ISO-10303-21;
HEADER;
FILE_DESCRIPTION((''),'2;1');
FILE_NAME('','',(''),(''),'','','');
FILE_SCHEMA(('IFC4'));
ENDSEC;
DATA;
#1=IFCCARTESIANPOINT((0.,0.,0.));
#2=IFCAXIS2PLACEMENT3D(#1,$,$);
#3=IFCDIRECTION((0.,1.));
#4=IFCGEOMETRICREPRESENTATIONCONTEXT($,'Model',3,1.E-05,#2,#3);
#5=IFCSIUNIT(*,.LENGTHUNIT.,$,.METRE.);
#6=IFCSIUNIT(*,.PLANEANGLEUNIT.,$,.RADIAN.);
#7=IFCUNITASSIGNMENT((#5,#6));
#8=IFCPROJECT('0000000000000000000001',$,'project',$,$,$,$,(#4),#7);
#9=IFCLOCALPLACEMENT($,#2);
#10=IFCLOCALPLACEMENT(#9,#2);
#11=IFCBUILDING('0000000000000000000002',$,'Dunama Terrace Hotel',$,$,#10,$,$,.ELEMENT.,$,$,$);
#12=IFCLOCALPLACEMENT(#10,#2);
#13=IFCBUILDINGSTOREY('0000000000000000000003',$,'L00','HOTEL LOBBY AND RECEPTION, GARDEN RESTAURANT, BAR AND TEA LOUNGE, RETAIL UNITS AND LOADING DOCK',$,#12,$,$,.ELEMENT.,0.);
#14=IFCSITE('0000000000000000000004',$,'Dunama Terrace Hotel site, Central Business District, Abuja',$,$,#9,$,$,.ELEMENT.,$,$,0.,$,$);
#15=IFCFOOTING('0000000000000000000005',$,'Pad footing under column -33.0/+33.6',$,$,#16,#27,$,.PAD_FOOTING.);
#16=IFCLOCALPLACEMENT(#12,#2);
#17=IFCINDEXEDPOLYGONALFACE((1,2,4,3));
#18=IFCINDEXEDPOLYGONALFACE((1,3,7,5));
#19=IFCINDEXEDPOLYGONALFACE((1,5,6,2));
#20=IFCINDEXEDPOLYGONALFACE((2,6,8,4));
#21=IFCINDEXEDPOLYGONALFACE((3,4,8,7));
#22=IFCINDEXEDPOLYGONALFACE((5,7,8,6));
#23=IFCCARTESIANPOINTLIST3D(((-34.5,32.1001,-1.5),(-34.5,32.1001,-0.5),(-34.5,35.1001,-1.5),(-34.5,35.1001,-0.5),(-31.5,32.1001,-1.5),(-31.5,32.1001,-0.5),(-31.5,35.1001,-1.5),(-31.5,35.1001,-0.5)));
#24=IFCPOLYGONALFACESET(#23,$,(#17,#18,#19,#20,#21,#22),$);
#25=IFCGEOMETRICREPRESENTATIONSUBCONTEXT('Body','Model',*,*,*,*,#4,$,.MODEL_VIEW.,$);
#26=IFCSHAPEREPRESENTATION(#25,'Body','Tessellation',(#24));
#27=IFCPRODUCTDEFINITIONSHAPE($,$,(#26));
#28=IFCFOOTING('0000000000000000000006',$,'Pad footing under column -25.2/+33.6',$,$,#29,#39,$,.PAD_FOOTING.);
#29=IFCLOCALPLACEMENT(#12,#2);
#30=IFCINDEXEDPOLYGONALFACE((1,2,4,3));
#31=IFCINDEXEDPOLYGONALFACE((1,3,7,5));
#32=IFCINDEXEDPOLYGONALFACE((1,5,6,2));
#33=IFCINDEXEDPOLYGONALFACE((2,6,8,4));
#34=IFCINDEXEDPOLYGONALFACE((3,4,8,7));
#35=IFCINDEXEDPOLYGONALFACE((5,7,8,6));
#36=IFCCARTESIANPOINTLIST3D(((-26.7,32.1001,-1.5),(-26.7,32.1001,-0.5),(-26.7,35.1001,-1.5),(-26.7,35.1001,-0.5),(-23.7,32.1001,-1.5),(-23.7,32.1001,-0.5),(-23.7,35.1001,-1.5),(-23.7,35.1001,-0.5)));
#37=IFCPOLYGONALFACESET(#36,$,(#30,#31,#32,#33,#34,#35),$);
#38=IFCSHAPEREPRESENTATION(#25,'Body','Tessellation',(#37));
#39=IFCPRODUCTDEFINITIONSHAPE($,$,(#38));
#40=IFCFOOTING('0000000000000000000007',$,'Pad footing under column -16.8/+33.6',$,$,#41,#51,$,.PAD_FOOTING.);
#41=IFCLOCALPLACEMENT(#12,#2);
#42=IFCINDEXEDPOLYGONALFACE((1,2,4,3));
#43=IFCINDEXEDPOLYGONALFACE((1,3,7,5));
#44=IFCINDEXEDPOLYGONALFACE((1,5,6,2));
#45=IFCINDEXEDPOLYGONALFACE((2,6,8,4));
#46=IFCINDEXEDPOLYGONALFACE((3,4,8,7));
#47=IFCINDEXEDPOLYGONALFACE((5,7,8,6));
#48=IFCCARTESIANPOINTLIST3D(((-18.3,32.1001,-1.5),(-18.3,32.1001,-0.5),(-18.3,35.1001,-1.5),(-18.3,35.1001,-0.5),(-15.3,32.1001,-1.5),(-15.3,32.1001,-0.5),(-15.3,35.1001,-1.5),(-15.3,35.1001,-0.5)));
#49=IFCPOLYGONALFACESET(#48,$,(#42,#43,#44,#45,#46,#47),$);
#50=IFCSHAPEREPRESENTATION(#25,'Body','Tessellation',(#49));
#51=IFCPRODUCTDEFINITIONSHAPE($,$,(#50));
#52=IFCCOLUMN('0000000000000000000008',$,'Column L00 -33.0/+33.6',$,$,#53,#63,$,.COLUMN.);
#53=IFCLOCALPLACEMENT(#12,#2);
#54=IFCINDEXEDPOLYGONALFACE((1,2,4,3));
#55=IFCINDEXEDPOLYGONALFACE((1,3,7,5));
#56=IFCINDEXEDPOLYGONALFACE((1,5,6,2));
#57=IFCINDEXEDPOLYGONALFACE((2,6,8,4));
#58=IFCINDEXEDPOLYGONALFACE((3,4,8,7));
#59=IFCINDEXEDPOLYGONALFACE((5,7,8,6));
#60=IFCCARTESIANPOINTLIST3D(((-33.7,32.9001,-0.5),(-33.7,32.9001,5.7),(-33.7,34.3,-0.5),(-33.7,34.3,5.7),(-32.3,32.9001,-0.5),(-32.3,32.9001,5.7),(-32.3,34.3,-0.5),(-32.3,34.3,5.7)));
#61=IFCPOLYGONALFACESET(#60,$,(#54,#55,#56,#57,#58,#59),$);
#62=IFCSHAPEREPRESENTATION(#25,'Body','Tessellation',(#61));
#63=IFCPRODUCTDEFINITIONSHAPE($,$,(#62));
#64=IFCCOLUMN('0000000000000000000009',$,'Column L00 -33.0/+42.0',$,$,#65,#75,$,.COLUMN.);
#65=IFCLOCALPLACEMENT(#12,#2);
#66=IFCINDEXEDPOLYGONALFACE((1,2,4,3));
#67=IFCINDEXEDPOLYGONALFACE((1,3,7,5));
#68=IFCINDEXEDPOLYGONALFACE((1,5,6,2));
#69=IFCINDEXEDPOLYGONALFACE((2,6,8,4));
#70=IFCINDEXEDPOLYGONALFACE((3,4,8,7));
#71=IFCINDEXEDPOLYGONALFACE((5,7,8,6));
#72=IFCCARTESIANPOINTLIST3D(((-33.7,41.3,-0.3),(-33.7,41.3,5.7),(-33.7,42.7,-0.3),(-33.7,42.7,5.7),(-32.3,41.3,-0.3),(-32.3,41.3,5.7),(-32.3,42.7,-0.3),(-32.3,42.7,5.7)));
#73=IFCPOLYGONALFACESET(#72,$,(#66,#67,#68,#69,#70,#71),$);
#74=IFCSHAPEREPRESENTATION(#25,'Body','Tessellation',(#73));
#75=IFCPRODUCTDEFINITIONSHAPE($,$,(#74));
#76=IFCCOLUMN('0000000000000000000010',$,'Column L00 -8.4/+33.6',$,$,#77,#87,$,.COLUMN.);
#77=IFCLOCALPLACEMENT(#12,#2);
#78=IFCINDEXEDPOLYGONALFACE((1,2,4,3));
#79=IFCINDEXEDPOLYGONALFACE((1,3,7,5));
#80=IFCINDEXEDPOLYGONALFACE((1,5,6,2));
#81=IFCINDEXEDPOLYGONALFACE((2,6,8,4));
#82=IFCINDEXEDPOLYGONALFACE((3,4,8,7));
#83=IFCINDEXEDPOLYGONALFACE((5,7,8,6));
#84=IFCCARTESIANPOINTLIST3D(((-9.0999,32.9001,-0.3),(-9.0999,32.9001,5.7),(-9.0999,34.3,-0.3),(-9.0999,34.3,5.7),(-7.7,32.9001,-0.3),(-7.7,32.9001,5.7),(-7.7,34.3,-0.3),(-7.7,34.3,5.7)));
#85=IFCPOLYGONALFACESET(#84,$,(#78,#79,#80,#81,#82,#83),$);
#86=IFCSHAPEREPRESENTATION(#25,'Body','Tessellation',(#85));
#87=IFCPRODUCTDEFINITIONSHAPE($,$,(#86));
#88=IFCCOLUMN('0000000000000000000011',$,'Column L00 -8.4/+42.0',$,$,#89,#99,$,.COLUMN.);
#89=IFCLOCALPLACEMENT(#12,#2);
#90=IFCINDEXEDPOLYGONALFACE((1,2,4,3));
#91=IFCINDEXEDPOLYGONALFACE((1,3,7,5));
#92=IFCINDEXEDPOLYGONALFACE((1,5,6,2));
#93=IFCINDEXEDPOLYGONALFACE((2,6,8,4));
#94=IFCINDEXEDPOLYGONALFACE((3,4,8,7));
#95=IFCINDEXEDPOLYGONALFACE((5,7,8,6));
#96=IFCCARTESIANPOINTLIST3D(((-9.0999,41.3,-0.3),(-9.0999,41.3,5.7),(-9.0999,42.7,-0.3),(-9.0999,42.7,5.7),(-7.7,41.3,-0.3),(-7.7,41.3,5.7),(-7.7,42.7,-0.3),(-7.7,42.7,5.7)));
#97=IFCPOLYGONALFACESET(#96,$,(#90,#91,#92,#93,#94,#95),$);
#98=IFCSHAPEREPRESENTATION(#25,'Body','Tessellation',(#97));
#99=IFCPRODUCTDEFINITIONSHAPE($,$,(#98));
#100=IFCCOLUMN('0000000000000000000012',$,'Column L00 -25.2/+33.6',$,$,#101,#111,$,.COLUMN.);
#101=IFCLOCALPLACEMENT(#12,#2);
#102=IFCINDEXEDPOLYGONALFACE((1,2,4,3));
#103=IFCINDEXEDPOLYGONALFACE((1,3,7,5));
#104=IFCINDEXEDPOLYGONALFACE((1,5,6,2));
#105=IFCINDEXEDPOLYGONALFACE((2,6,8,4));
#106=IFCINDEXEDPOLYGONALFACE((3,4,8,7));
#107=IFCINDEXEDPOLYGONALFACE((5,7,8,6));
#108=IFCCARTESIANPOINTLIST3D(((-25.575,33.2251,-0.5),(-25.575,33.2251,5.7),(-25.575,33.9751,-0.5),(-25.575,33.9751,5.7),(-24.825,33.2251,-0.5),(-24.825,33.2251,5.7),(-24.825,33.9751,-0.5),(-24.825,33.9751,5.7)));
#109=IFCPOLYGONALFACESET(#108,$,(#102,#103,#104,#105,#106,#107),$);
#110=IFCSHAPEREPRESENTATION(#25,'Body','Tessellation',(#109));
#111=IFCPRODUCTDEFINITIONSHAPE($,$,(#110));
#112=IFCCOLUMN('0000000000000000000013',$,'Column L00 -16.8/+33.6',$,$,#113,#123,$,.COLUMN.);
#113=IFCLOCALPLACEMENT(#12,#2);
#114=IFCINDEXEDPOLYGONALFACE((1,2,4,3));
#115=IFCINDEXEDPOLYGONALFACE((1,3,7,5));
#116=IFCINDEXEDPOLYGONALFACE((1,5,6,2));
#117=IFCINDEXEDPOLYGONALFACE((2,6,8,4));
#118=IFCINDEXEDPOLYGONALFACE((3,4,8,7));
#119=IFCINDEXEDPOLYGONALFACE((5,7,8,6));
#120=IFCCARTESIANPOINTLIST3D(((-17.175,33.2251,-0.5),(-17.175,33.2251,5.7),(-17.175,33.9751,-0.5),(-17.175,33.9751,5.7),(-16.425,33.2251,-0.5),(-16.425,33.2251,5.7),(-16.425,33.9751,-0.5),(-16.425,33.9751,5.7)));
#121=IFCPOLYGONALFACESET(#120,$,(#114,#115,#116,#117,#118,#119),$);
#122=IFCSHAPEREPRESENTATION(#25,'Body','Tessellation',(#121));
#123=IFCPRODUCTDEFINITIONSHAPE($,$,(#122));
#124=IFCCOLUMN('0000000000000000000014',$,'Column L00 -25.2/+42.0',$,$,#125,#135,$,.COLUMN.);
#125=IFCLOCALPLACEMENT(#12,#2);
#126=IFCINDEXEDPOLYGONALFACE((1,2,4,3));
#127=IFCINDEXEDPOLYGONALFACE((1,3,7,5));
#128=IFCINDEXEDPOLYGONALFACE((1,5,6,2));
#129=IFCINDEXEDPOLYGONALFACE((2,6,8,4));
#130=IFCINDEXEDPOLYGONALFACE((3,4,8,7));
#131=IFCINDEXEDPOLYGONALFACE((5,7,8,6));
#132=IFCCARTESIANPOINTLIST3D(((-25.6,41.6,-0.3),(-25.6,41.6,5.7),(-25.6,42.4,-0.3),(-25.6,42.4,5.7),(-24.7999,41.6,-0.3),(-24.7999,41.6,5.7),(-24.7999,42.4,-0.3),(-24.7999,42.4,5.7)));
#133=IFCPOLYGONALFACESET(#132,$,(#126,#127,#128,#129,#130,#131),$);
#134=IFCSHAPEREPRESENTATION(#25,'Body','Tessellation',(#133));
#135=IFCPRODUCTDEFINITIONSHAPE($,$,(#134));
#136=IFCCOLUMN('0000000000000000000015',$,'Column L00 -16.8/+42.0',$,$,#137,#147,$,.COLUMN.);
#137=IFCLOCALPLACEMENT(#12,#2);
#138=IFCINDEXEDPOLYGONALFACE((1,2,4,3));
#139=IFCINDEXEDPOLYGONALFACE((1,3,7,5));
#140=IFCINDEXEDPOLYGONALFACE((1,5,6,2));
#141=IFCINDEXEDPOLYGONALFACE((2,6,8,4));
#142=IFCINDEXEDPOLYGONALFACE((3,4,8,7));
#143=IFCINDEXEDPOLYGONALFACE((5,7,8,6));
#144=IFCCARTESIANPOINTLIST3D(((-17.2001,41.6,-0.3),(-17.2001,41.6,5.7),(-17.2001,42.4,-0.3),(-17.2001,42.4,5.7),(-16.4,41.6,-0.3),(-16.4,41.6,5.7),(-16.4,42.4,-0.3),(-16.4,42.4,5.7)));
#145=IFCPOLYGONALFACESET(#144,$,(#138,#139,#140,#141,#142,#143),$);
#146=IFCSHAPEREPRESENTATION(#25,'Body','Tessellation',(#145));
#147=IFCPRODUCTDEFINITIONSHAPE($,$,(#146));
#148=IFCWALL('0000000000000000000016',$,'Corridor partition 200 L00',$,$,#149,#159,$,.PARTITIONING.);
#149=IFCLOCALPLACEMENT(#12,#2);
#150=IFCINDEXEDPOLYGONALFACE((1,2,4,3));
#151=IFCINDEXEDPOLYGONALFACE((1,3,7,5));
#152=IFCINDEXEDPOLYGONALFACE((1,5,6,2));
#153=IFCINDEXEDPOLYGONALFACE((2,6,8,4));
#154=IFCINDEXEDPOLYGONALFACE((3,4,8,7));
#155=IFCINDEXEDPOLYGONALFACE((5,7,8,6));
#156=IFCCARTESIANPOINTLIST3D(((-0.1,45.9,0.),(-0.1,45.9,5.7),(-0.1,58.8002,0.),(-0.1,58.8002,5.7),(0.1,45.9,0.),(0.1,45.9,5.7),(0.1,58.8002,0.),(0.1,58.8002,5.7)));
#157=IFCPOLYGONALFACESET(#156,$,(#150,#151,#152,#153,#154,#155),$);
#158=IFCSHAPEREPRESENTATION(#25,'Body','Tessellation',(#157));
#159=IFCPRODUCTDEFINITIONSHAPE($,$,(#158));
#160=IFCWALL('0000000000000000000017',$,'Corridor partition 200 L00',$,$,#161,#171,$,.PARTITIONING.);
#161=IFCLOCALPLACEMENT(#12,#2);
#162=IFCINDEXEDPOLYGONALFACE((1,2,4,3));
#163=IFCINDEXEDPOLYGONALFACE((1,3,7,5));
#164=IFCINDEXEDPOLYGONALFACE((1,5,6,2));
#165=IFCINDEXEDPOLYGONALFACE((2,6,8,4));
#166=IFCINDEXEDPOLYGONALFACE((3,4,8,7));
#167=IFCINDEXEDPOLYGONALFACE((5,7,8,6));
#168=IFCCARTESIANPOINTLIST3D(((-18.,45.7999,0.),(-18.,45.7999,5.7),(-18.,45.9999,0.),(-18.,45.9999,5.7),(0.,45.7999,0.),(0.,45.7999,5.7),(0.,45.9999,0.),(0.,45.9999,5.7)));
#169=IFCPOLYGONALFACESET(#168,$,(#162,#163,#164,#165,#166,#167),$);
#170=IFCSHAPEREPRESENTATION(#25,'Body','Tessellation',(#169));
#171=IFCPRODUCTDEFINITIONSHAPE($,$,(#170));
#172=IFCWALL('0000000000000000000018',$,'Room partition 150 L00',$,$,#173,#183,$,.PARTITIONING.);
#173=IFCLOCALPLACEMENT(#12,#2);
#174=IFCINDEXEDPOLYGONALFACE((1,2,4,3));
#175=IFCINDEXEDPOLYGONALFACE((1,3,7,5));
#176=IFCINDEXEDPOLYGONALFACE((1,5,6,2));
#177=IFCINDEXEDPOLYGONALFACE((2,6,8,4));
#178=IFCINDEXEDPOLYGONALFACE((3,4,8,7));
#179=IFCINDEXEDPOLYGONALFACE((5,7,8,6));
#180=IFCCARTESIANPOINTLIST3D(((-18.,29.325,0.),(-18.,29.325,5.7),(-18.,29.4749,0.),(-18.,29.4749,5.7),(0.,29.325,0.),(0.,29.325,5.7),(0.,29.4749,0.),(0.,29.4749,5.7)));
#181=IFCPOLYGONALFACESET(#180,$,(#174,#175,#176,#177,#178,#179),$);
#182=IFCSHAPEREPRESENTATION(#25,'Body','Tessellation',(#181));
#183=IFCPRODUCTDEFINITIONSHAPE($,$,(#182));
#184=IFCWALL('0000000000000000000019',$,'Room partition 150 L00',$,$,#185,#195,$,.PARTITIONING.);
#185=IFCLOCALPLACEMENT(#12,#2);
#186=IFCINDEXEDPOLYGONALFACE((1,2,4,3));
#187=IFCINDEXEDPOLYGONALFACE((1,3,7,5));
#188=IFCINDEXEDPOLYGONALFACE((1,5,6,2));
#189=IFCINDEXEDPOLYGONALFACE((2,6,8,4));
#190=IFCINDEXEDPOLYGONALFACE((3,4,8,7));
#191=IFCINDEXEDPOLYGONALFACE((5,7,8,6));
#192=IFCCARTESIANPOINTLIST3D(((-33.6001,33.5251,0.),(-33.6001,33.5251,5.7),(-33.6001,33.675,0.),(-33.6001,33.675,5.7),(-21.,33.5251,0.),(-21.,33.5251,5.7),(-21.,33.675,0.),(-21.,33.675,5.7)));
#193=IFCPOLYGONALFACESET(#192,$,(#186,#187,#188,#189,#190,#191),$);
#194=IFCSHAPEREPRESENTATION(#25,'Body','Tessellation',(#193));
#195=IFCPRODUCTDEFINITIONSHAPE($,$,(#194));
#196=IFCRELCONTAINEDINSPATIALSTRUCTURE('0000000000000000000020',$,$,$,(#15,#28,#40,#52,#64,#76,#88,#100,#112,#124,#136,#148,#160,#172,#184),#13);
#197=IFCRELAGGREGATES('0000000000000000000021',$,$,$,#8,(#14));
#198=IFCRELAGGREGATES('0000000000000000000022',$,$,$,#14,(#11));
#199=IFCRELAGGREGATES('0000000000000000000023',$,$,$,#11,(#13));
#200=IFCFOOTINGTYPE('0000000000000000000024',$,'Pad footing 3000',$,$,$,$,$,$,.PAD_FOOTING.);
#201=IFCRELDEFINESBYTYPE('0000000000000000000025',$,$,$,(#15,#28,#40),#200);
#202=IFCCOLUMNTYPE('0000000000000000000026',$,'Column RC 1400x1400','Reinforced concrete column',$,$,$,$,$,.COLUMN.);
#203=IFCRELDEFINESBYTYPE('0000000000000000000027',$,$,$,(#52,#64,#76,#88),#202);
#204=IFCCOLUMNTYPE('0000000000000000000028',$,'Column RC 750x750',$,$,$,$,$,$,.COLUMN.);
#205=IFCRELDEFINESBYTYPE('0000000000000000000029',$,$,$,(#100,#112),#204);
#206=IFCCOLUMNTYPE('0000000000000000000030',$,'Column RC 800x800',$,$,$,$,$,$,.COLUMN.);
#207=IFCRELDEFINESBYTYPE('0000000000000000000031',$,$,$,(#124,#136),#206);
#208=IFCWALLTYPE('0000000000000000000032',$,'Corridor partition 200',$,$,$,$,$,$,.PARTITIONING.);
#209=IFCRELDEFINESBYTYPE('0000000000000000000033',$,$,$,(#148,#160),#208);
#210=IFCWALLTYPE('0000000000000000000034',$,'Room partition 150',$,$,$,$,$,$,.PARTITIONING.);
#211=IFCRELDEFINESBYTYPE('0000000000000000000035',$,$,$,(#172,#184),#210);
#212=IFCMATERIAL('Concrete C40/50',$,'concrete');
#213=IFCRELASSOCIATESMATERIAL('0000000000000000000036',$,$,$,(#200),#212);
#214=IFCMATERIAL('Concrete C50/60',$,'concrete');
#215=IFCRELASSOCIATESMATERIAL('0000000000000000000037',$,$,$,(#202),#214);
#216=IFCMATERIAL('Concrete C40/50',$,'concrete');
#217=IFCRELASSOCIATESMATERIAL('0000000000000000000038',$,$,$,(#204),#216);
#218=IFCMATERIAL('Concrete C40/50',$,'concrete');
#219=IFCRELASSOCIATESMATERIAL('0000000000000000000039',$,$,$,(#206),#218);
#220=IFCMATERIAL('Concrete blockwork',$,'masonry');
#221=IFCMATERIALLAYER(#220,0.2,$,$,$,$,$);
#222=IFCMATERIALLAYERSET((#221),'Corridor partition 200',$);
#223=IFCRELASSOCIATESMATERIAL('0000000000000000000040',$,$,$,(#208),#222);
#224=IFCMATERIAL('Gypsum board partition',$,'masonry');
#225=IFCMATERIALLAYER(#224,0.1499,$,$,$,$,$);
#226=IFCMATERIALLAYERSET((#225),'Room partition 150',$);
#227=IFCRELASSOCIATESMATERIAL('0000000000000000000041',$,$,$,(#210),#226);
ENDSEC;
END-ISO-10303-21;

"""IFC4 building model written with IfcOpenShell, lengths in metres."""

from ifc_helpers import new_model, si_unit, direction, frame, frame_2d, origin, origin_2d, place, context, subcontext, project, spatial, rectangle, extrude, material, layer, layer_set, material_profile, profile_set, type_object, element, save


model = new_model("IFC4")

# Units and contexts
model_context = context("Model", 3, precision=1e-05, world=origin(), true_north=direction((0.0, 1.0)))
body_context = subcontext(model_context, "Body", "Model", "MODEL_VIEW")
ifc_project = project(units=[si_unit("LENGTHUNIT", "METRE"), si_unit("PLANEANGLEUNIT", "RADIAN")], contexts=[model_context])

# Site, building, storey
site_placement = place(None, origin())
site = spatial("IfcSite", under=ifc_project, at=site_placement, Name="Dunama Terrace Hotel site, Central Business District, Abuja", CompositionType="ELEMENT", RefElevation=0.0)
building_placement = place(site_placement, origin())
building = spatial("IfcBuilding", under=site, at=building_placement, Name="Dunama Terrace Hotel", CompositionType="ELEMENT")
storey_placement = place(building_placement, origin())
storey = spatial("IfcBuildingStorey", under=building, at=storey_placement, Name="L00", Description="HOTEL LOBBY AND RECEPTION, GARDEN RESTAURANT, BAR AND TEA LOUNGE, RETAIL UNITS AND LOADING DOCK", CompositionType="ELEMENT", Elevation=0.0)

# Footings
ifc_material_1 = material(Name="Concrete C40/50", Category="concrete")
footing_type = type_object("IfcFootingType", Name="Pad footing 3000", PredefinedType="PAD_FOOTING", material=ifc_material_1)
for number, where, z_axis, x_axis, name in (
    (1, (-33.0, 33.6001, -1.5), (0.0, 0.0, 1.0), (1.0, 0.0, 0.0), "Pad footing under column -33.0/+33.6"),
    (2, (-25.2, 33.6001, -1.5), (0.0, 0.0, 1.0), (1.0, 0.0, 0.0), "Pad footing under column -25.2/+33.6"),
    (3, (-16.8, 33.6001, -1.5), (0.0, 0.0, 1.0), (1.0, 0.0, 0.0), "Pad footing under column -16.8/+33.6"),
):
    element("IfcFooting", number, at=place(storey_placement, frame(where, z_axis=z_axis, x_axis=x_axis)), inside=storey, type_object=footing_type, Name=name, PredefinedType="PAD_FOOTING", context=body_context, shape_type="SweptSolid", body=[
        extrude(rectangle(XDim=3.0, YDim=3.0, at=origin_2d()), origin(), (0.0, 0.0, 1.0), 1.0),
    ])

# Columns
ifc_material_2 = material(Name="Concrete C50/60", Category="concrete")
ifc_material_profile_1 = material_profile(ifc_material_2, rectangle(XDim=1.3999, YDim=1.3999, at=origin_2d()), Name="RC 1400x1400")
ifc_profile_set_1 = profile_set([ifc_material_profile_1], Name="Concrete C50/60")
column_type_1 = type_object("IfcColumnType", Name="Column RC 1400x1400", Description="Reinforced concrete column", PredefinedType="COLUMN", material=ifc_profile_set_1)
column_placement = place(storey_placement, frame((-33.0, 33.6001, -0.5), z_axis=(0.0, 0.0, 1.0), x_axis=(1.0, 0.0, 0.0)))
element("IfcColumn", 4, at=column_placement, inside=storey, type_object=column_type_1, Name="Column L00 -33.0/+33.6", PredefinedType="COLUMN", context=body_context, shape_type="SweptSolid", body=[
    extrude(rectangle(XDim=1.3999, YDim=1.3999, at=origin_2d()), origin(), (0.0, 0.0, 1.0), 6.2),
])
for number, where, z_axis, x_axis, name in (
    (5, (-33.0, 42.0, -0.3), (0.0, 0.0, 1.0), (1.0, 0.0, 0.0), "Column L00 -33.0/+42.0"),
    (6, (-8.3999, 33.6001, -0.3), (0.0, 0.0, 1.0), (1.0, 0.0, 0.0), "Column L00 -8.4/+33.6"),
    (7, (-8.3999, 42.0, -0.3), (0.0, 0.0, 1.0), (1.0, 0.0, 0.0), "Column L00 -8.4/+42.0"),
):
    element("IfcColumn", number, at=place(storey_placement, frame(where, z_axis=z_axis, x_axis=x_axis)), inside=storey, type_object=column_type_1, Name=name, PredefinedType="COLUMN", context=body_context, shape_type="SweptSolid", body=[
        extrude(rectangle(XDim=1.3999, YDim=1.3999, at=origin_2d()), origin(), (0.0, 0.0, 1.0), 6.0),
    ])
ifc_material_3 = material(Name="Concrete C40/50", Category="concrete")
ifc_material_profile_2 = material_profile(ifc_material_3, rectangle(XDim=0.75, YDim=0.75, at=origin_2d()), Name="RC 750x750")
ifc_profile_set_2 = profile_set([ifc_material_profile_2], Name="Concrete C40/50")
column_type_2 = type_object("IfcColumnType", Name="Column RC 750x750", PredefinedType="COLUMN", material=ifc_profile_set_2)
for number, where, z_axis, x_axis, name in (
    (8, (-25.2, 33.6001, -0.5), (0.0, 0.0, 1.0), (1.0, 0.0, 0.0), "Column L00 -25.2/+33.6"),
    (9, (-16.8, 33.6001, -0.5), (0.0, 0.0, 1.0), (1.0, 0.0, 0.0), "Column L00 -16.8/+33.6"),
):
    element("IfcColumn", number, at=place(storey_placement, frame(where, z_axis=z_axis, x_axis=x_axis)), inside=storey, type_object=column_type_2, Name=name, PredefinedType="COLUMN", context=body_context, shape_type="SweptSolid", body=[
        extrude(rectangle(XDim=0.75, YDim=0.75, at=origin_2d()), origin(), (0.0, 0.0, 1.0), 6.2),
    ])
ifc_material_4 = material(Name="Concrete C40/50", Category="concrete")
ifc_material_profile_3 = material_profile(ifc_material_4, rectangle(XDim=0.8, YDim=0.8, at=origin_2d()), Name="RC 800x800")
ifc_profile_set_3 = profile_set([ifc_material_profile_3], Name="Concrete C40/50")
column_type_3 = type_object("IfcColumnType", Name="Column RC 800x800", PredefinedType="COLUMN", material=ifc_profile_set_3)
for number, where, z_axis, x_axis, name in (
    (10, (-25.2, 42.0, -0.3), (0.0, 0.0, 1.0), (1.0, 0.0, 0.0), "Column L00 -25.2/+42.0"),
    (11, (-16.8, 42.0, -0.3), (0.0, 0.0, 1.0), (1.0, 0.0, 0.0), "Column L00 -16.8/+42.0"),
):
    element("IfcColumn", number, at=place(storey_placement, frame(where, z_axis=z_axis, x_axis=x_axis)), inside=storey, type_object=column_type_3, Name=name, PredefinedType="COLUMN", context=body_context, shape_type="SweptSolid", body=[
        extrude(rectangle(XDim=0.8, YDim=0.8, at=origin_2d()), origin(), (0.0, 0.0, 1.0), 6.0),
    ])

# Walls
ifc_material_5 = material(Name="Concrete blockwork", Category="masonry")
ifc_layer_1 = layer(ifc_material_5, 0.2)
ifc_layer_set_1 = layer_set([ifc_layer_1], Name="Corridor partition 200")
wall_type_1 = type_object("IfcWallType", Name="Corridor partition 200", PredefinedType="PARTITIONING", material=ifc_layer_set_1)
wall_1_placement = place(storey_placement, frame((0.0, 45.8999, 0.0), z_axis=(0.0, 0.0, 1.0), x_axis=(0.0, 1.0, 0.0)))
element("IfcWall", 12, at=wall_1_placement, inside=storey, type_object=wall_type_1, Name="Corridor partition 200 L00", PredefinedType="PARTITIONING", context=body_context, shape_type="SweptSolid", body=[
    extrude(rectangle(XDim=12.9001, YDim=0.2, at=frame_2d((6.4502, 0.0))), origin(), (0.0, 0.0, 1.0), 5.7),
])
wall_2_placement = place(storey_placement, frame((-18.0, 45.8999, 0.0), z_axis=(0.0, 0.0, 1.0), x_axis=(1.0, 0.0, 0.0)))
element("IfcWall", 13, at=wall_2_placement, inside=storey, type_object=wall_type_1, Name="Corridor partition 200 L00", PredefinedType="PARTITIONING", context=body_context, shape_type="SweptSolid", body=[
    extrude(rectangle(XDim=18.0, YDim=0.2, at=frame_2d((9.0, 0.0))), origin(), (0.0, 0.0, 1.0), 5.7),
])
ifc_material_6 = material(Name="Gypsum board partition", Category="masonry")
ifc_layer_2 = layer(ifc_material_6, 0.1499)
ifc_layer_set_2 = layer_set([ifc_layer_2], Name="Room partition 150")
wall_type_2 = type_object("IfcWallType", Name="Room partition 150", PredefinedType="PARTITIONING", material=ifc_layer_set_2)
wall_3_placement = place(storey_placement, frame((-18.0, 29.3999, 0.0), z_axis=(0.0, 0.0, 1.0), x_axis=(1.0, 0.0, 0.0)))
element("IfcWall", 14, at=wall_3_placement, inside=storey, type_object=wall_type_2, Name="Room partition 150 L00", PredefinedType="PARTITIONING", context=body_context, shape_type="SweptSolid", body=[
    extrude(rectangle(XDim=18.0, YDim=0.1499, at=frame_2d((9.0, 0.0))), origin(), (0.0, 0.0, 1.0), 5.7),
])
wall_4_placement = place(storey_placement, frame((-33.6001, 33.6001, 0.0), z_axis=(0.0, 0.0, 1.0), x_axis=(1.0, 0.0, 0.0)))
element("IfcWall", 15, at=wall_4_placement, inside=storey, type_object=wall_type_2, Name="Room partition 150 L00", PredefinedType="PARTITIONING", context=body_context, shape_type="SweptSolid", body=[
    extrude(rectangle(XDim=12.6001, YDim=0.1499, at=frame_2d((6.3, 0.0))), origin(), (0.0, 0.0, 1.0), 5.7),
])

save(model, "model.ifc")
